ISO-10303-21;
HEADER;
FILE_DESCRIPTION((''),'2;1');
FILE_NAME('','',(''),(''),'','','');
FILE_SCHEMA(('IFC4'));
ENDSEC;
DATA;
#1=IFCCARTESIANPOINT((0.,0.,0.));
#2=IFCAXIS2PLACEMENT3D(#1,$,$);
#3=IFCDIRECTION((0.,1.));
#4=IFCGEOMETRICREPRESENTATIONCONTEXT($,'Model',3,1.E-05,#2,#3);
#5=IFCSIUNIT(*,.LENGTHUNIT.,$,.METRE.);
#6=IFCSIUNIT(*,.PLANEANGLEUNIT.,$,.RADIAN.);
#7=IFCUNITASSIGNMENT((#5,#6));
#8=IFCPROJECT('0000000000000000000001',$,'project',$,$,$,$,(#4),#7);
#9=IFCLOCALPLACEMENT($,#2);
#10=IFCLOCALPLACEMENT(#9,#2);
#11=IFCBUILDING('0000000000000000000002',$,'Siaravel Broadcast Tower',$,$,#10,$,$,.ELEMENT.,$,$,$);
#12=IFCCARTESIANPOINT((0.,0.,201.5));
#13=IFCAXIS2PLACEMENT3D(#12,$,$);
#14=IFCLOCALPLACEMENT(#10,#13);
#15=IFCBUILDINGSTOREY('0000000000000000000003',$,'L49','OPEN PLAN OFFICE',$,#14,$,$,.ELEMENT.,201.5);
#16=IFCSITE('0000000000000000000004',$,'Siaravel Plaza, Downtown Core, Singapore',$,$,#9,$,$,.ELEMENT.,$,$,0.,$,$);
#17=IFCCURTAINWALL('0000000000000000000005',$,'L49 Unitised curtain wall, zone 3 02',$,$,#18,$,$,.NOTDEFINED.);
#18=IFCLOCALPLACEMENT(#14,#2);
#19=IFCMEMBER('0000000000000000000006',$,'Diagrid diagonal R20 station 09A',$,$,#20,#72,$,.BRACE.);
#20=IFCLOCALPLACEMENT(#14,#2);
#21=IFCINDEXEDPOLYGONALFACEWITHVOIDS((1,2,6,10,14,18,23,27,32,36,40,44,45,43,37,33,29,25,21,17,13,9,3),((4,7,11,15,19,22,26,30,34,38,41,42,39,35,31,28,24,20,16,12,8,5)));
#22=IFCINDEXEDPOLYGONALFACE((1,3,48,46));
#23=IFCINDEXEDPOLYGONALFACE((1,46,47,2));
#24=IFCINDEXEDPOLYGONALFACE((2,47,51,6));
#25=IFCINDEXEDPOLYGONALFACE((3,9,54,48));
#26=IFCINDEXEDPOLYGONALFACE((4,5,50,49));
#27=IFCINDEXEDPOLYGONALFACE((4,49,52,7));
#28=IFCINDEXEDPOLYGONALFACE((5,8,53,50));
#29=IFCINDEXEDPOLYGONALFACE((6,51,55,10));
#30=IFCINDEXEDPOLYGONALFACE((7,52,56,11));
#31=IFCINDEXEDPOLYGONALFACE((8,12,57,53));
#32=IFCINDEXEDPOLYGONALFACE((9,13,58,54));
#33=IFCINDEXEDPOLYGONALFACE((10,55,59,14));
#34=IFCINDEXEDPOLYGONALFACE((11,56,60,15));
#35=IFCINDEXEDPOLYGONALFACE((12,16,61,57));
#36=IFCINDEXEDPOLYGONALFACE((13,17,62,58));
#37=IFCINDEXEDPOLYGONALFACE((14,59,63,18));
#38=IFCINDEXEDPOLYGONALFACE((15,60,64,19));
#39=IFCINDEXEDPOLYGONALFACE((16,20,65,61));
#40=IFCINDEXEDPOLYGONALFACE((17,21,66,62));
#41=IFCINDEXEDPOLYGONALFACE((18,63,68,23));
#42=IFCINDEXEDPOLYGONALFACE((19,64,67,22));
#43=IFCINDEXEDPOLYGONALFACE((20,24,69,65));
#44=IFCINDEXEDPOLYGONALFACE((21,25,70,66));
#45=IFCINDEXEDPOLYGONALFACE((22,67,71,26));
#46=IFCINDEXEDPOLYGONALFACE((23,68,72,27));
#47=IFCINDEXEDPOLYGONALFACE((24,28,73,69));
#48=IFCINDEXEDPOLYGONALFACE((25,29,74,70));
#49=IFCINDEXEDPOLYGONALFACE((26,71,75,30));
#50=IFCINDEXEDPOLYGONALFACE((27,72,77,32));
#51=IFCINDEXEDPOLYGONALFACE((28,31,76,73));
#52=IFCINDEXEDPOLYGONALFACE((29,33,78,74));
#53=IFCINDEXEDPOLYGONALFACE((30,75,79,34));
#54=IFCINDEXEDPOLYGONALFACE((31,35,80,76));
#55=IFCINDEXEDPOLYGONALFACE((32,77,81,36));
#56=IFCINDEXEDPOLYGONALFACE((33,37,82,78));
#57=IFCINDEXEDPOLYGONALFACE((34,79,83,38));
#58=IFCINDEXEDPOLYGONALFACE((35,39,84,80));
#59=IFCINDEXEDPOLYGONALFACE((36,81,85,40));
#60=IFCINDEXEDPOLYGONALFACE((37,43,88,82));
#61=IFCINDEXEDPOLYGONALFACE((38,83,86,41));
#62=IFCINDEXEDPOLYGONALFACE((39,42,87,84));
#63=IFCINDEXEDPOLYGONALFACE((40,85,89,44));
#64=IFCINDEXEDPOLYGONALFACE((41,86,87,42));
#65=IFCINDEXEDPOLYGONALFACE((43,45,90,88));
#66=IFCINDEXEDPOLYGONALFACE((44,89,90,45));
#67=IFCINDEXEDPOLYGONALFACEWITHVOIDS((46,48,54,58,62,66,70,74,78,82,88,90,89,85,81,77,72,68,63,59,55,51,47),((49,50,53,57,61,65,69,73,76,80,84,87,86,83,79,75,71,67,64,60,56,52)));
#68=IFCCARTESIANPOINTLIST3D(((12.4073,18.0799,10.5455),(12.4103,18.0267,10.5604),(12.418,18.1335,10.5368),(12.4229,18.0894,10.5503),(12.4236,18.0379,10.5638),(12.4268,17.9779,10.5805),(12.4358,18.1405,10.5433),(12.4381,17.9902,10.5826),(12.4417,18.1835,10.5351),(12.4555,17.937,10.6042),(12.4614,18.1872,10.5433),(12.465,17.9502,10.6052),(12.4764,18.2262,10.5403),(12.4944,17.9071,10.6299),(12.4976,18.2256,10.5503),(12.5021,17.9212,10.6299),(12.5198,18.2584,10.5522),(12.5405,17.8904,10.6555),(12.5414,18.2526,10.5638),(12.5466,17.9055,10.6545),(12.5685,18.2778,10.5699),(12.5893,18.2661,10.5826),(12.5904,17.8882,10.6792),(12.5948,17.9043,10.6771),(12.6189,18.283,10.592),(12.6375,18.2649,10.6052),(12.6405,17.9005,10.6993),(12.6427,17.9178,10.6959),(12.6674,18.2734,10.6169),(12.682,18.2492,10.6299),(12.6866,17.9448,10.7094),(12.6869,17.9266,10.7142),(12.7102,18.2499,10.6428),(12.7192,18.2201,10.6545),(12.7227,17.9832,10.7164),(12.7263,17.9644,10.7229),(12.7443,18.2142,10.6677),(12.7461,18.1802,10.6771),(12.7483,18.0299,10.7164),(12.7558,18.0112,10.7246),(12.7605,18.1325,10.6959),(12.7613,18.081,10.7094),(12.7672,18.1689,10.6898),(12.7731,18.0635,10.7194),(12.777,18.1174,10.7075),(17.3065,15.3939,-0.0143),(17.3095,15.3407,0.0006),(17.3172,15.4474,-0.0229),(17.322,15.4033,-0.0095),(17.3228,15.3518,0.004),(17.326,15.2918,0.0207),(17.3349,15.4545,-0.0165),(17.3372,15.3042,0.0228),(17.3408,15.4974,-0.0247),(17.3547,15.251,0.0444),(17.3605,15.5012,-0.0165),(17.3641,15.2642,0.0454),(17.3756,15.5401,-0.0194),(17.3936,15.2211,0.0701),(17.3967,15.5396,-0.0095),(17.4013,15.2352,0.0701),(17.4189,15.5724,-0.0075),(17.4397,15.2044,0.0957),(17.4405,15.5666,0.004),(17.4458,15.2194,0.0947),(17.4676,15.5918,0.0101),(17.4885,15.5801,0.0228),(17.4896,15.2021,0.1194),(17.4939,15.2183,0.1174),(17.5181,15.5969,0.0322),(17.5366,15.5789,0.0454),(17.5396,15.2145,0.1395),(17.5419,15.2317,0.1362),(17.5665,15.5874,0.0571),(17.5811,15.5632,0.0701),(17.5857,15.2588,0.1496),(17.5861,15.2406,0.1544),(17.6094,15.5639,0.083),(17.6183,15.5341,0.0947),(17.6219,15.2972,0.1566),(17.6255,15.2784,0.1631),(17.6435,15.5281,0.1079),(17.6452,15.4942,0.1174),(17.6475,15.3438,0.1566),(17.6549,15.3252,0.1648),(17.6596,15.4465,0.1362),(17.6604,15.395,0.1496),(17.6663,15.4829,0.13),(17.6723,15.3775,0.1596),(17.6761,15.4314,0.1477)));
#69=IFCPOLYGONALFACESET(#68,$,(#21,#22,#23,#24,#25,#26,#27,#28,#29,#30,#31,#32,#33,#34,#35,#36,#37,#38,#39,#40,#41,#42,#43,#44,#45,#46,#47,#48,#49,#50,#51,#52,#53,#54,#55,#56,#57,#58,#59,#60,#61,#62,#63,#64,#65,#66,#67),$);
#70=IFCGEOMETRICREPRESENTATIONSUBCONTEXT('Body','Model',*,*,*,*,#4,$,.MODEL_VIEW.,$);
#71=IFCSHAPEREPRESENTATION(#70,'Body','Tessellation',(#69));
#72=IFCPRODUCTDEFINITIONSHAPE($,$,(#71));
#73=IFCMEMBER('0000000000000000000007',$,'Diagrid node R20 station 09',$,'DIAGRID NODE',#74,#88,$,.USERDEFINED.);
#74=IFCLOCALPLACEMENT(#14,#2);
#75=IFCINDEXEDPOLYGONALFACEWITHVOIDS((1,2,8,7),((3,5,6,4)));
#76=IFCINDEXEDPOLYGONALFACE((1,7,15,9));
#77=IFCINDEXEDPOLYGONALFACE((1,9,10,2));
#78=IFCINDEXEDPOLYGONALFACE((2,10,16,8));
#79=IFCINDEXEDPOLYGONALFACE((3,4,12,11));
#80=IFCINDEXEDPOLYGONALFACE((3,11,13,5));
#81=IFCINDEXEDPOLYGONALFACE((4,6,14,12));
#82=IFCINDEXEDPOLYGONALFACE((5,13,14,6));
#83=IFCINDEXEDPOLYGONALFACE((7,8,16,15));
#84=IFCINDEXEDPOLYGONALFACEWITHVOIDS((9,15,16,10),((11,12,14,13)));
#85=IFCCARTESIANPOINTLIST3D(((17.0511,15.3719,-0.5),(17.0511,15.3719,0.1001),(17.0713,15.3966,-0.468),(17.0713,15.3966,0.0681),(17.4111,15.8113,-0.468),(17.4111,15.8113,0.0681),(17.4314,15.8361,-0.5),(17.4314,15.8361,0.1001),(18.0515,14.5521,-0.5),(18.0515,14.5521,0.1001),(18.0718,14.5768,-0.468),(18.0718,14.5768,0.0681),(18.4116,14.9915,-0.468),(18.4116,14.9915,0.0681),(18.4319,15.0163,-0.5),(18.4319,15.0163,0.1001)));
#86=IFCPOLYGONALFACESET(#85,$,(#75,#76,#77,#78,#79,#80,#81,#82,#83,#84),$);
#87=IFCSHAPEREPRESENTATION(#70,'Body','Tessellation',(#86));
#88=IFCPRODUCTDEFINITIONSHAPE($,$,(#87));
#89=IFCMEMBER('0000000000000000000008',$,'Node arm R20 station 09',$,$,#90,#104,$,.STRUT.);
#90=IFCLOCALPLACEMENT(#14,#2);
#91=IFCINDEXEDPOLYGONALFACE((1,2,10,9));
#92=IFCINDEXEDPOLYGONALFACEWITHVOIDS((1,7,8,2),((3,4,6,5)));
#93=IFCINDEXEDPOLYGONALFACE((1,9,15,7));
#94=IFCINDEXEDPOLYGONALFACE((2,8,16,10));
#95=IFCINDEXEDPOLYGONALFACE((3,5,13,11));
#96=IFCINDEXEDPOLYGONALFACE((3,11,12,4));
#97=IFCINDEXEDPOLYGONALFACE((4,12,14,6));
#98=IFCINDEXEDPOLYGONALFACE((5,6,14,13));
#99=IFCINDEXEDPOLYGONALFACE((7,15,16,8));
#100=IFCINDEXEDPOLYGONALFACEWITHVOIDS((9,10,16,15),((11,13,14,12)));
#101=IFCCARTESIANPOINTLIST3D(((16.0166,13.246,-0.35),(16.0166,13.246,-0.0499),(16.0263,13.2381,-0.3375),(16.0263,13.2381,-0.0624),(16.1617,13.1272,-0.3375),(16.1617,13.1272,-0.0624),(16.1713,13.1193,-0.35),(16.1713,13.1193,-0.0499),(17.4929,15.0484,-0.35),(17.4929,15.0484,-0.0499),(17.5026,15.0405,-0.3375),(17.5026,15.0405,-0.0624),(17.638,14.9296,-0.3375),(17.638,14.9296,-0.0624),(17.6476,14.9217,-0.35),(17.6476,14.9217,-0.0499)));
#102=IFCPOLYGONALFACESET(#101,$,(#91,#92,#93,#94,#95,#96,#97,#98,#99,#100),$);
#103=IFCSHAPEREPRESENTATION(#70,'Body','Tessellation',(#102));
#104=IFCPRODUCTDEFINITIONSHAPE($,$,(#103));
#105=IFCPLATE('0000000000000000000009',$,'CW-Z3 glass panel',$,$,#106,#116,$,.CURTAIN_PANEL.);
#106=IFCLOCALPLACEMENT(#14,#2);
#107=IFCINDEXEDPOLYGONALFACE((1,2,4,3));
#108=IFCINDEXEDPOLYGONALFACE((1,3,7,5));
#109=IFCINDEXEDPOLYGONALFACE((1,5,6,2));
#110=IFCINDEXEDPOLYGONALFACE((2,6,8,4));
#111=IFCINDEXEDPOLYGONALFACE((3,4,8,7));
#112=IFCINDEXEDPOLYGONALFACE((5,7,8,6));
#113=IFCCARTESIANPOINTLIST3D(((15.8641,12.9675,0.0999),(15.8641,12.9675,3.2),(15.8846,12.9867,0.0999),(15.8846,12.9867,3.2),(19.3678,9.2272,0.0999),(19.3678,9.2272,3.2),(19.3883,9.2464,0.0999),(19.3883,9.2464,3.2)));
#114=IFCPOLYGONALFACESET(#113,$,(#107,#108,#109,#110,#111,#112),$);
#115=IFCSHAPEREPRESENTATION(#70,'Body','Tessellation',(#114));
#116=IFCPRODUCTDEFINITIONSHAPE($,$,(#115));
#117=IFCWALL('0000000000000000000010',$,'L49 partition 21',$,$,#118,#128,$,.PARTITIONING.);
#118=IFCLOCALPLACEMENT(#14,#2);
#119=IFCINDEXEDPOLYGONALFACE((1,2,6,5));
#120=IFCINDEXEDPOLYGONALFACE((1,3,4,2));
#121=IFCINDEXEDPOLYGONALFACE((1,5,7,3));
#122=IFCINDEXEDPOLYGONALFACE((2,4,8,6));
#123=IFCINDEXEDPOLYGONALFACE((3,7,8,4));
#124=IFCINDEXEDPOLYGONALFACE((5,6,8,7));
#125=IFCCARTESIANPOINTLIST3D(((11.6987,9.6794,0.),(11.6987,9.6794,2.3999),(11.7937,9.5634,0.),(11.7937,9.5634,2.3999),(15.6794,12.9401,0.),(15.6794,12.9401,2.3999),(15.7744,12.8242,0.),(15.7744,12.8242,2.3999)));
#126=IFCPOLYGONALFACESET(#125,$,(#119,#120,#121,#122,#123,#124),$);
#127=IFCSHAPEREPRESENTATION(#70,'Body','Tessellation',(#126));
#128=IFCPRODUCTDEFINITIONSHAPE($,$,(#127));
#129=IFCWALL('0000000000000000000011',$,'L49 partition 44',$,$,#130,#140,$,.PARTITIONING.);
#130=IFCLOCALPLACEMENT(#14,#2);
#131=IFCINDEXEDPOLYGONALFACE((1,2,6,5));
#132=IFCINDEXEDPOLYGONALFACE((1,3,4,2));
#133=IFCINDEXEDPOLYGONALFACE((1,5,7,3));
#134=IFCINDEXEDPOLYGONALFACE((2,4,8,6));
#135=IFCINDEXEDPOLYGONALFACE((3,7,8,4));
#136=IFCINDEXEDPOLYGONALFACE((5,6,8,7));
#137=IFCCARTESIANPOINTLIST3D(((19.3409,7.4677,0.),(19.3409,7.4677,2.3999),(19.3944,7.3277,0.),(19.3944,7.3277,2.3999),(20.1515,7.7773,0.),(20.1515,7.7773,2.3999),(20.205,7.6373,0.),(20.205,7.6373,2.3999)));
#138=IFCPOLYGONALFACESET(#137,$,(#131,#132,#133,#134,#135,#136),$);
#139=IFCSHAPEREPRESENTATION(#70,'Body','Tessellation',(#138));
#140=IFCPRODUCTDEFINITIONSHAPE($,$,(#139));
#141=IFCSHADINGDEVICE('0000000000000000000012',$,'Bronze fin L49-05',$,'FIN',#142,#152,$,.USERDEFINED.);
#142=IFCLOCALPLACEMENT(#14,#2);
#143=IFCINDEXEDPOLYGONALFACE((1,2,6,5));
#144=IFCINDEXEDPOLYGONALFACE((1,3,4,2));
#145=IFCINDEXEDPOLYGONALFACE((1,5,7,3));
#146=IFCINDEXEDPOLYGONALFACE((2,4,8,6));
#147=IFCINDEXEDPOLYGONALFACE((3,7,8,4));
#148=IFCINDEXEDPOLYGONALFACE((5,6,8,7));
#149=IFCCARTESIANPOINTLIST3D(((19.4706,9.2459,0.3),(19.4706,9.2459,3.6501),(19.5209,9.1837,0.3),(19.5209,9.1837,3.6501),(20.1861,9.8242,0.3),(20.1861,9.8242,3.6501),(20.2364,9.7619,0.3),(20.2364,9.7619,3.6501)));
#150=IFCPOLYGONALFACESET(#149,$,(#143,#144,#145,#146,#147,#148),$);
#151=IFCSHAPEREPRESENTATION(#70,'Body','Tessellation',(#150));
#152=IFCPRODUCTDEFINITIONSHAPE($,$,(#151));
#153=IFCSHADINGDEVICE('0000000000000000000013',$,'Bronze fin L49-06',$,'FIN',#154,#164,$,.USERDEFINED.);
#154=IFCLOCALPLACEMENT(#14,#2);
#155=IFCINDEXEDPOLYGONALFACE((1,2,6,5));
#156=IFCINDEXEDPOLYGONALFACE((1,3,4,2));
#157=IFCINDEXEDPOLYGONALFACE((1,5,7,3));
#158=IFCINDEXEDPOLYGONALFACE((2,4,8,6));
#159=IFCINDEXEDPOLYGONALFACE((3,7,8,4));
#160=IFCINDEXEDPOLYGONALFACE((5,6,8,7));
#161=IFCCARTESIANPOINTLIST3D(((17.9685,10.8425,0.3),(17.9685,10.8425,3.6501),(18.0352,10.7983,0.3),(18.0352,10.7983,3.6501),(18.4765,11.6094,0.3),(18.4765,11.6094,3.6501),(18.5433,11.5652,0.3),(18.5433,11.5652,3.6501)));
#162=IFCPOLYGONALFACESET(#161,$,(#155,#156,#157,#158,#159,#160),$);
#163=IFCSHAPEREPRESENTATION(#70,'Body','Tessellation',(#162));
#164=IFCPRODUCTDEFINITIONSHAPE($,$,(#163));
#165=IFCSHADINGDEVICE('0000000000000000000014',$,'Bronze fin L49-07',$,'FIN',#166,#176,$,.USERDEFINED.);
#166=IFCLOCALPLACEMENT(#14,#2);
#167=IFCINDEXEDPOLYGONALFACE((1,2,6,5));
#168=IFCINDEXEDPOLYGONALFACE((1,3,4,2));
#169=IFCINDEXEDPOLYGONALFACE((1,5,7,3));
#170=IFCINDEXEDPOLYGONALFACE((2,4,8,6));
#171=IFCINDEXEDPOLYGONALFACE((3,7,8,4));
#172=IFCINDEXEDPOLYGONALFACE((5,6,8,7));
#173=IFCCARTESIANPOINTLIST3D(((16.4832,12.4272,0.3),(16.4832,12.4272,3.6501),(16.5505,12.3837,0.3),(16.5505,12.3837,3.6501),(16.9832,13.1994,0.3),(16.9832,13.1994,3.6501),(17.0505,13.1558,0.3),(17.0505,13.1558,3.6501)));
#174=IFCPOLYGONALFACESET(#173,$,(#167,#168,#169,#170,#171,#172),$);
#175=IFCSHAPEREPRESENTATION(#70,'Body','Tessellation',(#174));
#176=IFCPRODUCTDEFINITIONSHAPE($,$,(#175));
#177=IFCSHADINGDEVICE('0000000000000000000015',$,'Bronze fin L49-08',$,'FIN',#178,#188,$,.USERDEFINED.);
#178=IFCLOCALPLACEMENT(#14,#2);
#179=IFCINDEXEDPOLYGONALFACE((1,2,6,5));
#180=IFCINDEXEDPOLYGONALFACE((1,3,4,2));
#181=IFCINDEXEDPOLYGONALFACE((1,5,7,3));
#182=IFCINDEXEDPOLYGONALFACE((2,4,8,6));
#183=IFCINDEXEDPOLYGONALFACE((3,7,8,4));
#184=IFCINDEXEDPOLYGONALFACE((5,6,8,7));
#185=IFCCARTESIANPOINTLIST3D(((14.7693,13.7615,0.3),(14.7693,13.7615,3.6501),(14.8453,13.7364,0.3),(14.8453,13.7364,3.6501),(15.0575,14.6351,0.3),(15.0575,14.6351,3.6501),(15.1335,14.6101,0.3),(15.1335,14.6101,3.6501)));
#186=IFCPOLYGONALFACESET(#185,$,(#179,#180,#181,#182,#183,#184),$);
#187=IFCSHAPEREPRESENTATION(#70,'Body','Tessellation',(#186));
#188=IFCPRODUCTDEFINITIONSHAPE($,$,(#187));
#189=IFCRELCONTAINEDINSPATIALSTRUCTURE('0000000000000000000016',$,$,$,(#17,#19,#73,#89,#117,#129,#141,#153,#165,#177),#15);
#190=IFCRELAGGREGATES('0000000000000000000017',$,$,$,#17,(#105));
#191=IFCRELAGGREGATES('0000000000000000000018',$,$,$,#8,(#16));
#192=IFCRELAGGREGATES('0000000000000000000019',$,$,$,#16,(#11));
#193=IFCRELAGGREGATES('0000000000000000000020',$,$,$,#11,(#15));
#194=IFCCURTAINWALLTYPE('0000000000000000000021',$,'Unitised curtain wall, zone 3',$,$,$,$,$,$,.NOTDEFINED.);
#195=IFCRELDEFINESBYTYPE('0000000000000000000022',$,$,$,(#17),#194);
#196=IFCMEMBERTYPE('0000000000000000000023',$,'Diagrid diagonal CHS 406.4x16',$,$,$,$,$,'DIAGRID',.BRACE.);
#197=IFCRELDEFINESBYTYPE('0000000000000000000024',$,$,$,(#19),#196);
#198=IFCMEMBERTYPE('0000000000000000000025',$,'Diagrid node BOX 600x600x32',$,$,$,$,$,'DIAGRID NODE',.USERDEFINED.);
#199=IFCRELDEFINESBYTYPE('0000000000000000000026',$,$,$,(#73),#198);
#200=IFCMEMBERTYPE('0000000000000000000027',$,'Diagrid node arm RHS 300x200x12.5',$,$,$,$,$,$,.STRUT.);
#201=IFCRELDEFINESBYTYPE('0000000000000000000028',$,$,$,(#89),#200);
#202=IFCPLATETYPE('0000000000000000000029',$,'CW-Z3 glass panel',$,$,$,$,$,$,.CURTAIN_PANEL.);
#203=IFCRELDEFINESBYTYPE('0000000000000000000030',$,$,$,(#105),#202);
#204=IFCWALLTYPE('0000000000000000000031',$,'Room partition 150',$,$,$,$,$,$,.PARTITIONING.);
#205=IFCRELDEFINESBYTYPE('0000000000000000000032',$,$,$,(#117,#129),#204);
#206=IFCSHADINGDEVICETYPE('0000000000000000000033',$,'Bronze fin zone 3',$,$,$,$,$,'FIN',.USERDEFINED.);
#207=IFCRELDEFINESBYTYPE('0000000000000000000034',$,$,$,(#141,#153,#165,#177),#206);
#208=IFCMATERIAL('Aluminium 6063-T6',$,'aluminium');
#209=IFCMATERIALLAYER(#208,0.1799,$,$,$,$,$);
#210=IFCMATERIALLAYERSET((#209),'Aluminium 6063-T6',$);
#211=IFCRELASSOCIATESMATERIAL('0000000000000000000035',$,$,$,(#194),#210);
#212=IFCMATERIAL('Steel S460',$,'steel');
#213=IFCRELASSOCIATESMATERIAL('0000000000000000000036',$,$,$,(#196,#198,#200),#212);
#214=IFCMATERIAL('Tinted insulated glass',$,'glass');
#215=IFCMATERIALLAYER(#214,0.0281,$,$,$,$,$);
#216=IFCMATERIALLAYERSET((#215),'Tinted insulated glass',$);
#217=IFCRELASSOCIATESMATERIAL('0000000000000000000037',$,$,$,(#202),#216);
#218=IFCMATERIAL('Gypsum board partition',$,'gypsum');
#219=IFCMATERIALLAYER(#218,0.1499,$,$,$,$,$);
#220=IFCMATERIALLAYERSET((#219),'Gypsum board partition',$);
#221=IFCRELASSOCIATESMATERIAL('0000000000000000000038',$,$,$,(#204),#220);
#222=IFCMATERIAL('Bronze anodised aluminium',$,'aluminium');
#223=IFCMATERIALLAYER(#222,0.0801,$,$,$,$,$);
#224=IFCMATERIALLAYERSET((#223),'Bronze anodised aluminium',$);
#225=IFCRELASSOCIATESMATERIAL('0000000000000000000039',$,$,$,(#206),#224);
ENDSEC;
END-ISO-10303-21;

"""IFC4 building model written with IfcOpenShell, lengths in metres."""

from ifc_helpers import new_model, si_unit, direction, frame, frame_2d, origin, origin_2d, place, context, subcontext, project, spatial, rectangle, hollow_rectangle, hollow_circle, extrude, material, layer, layer_set, material_profile, profile_set, type_object, element, aggregate, save


model = new_model("IFC4")

# Units and contexts
model_context = context("Model", 3, precision=1e-05, world=origin(), true_north=direction((0.0, 1.0)))
body_context = subcontext(model_context, "Body", "Model", "MODEL_VIEW")
ifc_project = project(units=[si_unit("LENGTHUNIT", "METRE"), si_unit("PLANEANGLEUNIT", "RADIAN")], contexts=[model_context])

# Site, building, storey
site_placement = place(None, origin())
site = spatial("IfcSite", under=ifc_project, at=site_placement, Name="Siaravel Plaza, Downtown Core, Singapore", CompositionType="ELEMENT", RefElevation=0.0)
building_placement = place(site_placement, origin())
building = spatial("IfcBuilding", under=site, at=building_placement, Name="Siaravel Broadcast Tower", CompositionType="ELEMENT")
storey_placement = place(building_placement, frame((0.0, 0.0, 201.5)))
storey = spatial("IfcBuildingStorey", under=building, at=storey_placement, Name="L49", Description="OPEN PLAN OFFICE", CompositionType="ELEMENT", Elevation=201.5)

# Shared definitions
ifc_material_1 = material(Name="Aluminium 6063-T6", Category="aluminium")
ifc_layer_1 = layer(ifc_material_1, 0.1799)
ifc_layer_set_1 = layer_set([ifc_layer_1], Name="Aluminium 6063-T6")
curtain_wall_type = type_object("IfcCurtainWallType", Name="Unitised curtain wall, zone 3", PredefinedType="NOTDEFINED", material=ifc_layer_set_1)

# Curtain wall
curtain_wall_1_placement = place(storey_placement, origin())
curtain_wall_1 = element("IfcCurtainWall", 1, at=curtain_wall_1_placement, inside=storey, type_object=curtain_wall_type, Name="L49 Unitised curtain wall, zone 3 02", PredefinedType="NOTDEFINED")

# Members
ifc_material_2 = material(Name="Steel S460", Category="steel")
ifc_material_profile_1 = material_profile(ifc_material_2, hollow_circle(Radius=0.2031, WallThickness=0.0161, at=origin_2d()))
ifc_profile_set_1 = profile_set([ifc_material_profile_1], Name="Steel S460")
member_type_1 = type_object("IfcMemberType", Name="Diagrid diagonal CHS 406.4x16", ElementType="DIAGRID", PredefinedType="BRACE", material=ifc_profile_set_1)
member_1_placement = place(storey_placement, frame((17.4912, 15.3992, 0.0701), z_axis=(-0.410082, 0.224833, 0.883902), x_axis=(-0.480749, -0.876858, 0.0)))
element("IfcMember", 2, at=member_1_placement, inside=storey, type_object=member_type_1, Name="Diagrid diagonal R20 station 09A", PredefinedType="BRACE", context=body_context, shape_type="SweptSolid", body=[
    extrude(hollow_circle(Radius=0.2031, WallThickness=0.0161, at=origin_2d()), origin(), (0.0, 0.0, 1.0), 11.9468),
])
ifc_material_profile_2 = material_profile(ifc_material_2, hollow_rectangle(XDim=0.6001, YDim=0.6001, WallThickness=0.032, at=origin_2d()))
ifc_profile_set_2 = profile_set([ifc_material_profile_2], Name="Steel S460")
member_type_2 = type_object("IfcMemberType", Name="Diagrid node BOX 600x600x32", ElementType="DIAGRID NODE", PredefinedType="USERDEFINED", material=ifc_profile_set_2)
member_2_placement = place(storey_placement, frame((18.2417, 14.7842, -0.2), z_axis=(-0.773486, 0.633813, 0.0), x_axis=(-0.633813, -0.773486, 0.0)))
element("IfcMember", 3, at=member_2_placement, inside=storey, type_object=member_type_2, Name="Diagrid node R20 station 09", ObjectType="DIAGRID NODE", PredefinedType="USERDEFINED", context=body_context, shape_type="SweptSolid", body=[
    extrude(hollow_rectangle(XDim=0.6001, YDim=0.6001, WallThickness=0.032, at=origin_2d()), origin(), (0.0, 0.0, 1.0), 1.2935),
])
ifc_material_profile_3 = material_profile(ifc_material_2, hollow_rectangle(XDim=0.2, YDim=0.3, WallThickness=0.0125, at=origin_2d()))
ifc_profile_set_3 = profile_set([ifc_material_profile_3], Name="Steel S460")
member_type_3 = type_object("IfcMemberType", Name="Diagrid node arm RHS 300x200x12.5", PredefinedType="STRUT", material=ifc_profile_set_3)
member_3_placement = place(storey_placement, frame((16.094, 13.1826, -0.2), z_axis=(0.633637, 0.77363, 0.0), x_axis=(-0.77363, 0.633637, 0.0)))
element("IfcMember", 4, at=member_3_placement, inside=storey, type_object=member_type_3, Name="Node arm R20 station 09", PredefinedType="STRUT", context=body_context, shape_type="SweptSolid", body=[
    extrude(hollow_rectangle(XDim=0.2, YDim=0.3, WallThickness=0.0125, at=origin_2d()), origin(), (0.0, 0.0, 1.0), 2.3298),
])

# Plate
ifc_material_3 = material(Name="Tinted insulated glass", Category="glass")
ifc_layer_2 = layer(ifc_material_3, 0.0281)
ifc_layer_set_2 = layer_set([ifc_layer_2], Name="Tinted insulated glass")
plate_type = type_object("IfcPlateType", Name="CW-Z3 glass panel", PredefinedType="CURTAIN_PANEL", material=ifc_layer_set_2)
plate_placement = place(storey_placement, frame((17.6262, 11.1069, 0.0999), z_axis=(0.0, 0.0, 1.0), x_axis=(-0.683653, 0.729807, 0.0)))
plate = element("IfcPlate", 5, at=plate_placement, type_object=plate_type, Name="CW-Z3 glass panel", PredefinedType="CURTAIN_PANEL", context=body_context, shape_type="SweptSolid", body=[
    extrude(rectangle(XDim=5.125, YDim=0.0281, at=origin_2d()), origin(), (0.0, 0.0, 1.0), 3.1001),
])
aggregate(curtain_wall_1, [plate])

# Walls
ifc_material_4 = material(Name="Gypsum board partition", Category="gypsum")
ifc_layer_3 = layer(ifc_material_4, 0.1499)
ifc_layer_set_3 = layer_set([ifc_layer_3], Name="Gypsum board partition")
wall_type_1 = type_object("IfcWallType", Name="Room partition 150", PredefinedType="PARTITIONING", material=ifc_layer_set_3)
wall_1_placement = place(storey_placement, frame((15.7268, 12.8821, 0.0), z_axis=(0.0, 0.0, 1.0), x_axis=(-0.773596, -0.633679, 0.0)))
element("IfcWall", 6, at=wall_1_placement, inside=storey, type_object=wall_type_1, Name="L49 partition 21", PredefinedType="PARTITIONING", context=body_context, shape_type="SweptSolid", body=[
    extrude(rectangle(XDim=5.1458, YDim=0.1499, at=frame_2d((2.5728, 0.0))), origin(), (0.0, 0.0, 1.0), 2.3999),
])
wall_2_placement = place(storey_placement, frame((20.1782, 7.7073, 0.0), z_axis=(0.0, 0.0, 1.0), x_axis=(-0.934184, -0.356791, 0.0)))
element("IfcWall", 7, at=wall_2_placement, inside=storey, type_object=wall_type_1, Name="L49 partition 44", PredefinedType="PARTITIONING", context=body_context, shape_type="SweptSolid", body=[
    extrude(rectangle(XDim=0.8677, YDim=0.1499, at=frame_2d((0.4338, 0.0))), origin(), (0.0, 0.0, 1.0), 2.3999),
])

# Shading devices
ifc_material_5 = material(Name="Bronze anodised aluminium", Category="aluminium")
ifc_layer_4 = layer(ifc_material_5, 0.0801)
ifc_layer_set_4 = layer_set([ifc_layer_4], Name="Bronze anodised aluminium")
shading_device_type = type_object("IfcShadingDeviceType", Name="Bronze fin zone 3", ElementType="FIN", PredefinedType="USERDEFINED", material=ifc_layer_set_4)
for number, where, z_axis, x_axis, name in (
    (8, (19.8535, 9.5039, 0.3), (0.0, 0.0, 1.0), (0.777762, 0.628559, 0.0), "Bronze fin L49-05"),
    (9, (18.2559, 11.2039, 0.3), (0.0, 0.0, 1.0), (0.55226, 0.833672, 0.0), "Bronze fin L49-06"),
    (10, (16.7668, 12.7915, 0.3), (0.0, 0.0, 1.0), (0.543523, 0.839394, 0.0), "Bronze fin L49-07"),
    (11, (14.9514, 14.1858, 0.3), (0.0, 0.0, 1.0), (0.313277, 0.949662, 0.0), "Bronze fin L49-08"),
):
    element("IfcShadingDevice", number, at=place(storey_placement, frame(where, z_axis=z_axis, x_axis=x_axis)), inside=storey, type_object=shading_device_type, Name=name, ObjectType="FIN", PredefinedType="USERDEFINED", context=body_context, shape_type="SweptSolid", body=[
        extrude(rectangle(XDim=0.9199, YDim=0.0801, at=origin_2d()), origin(), (0.0, 0.0, 1.0), 3.3501),
    ])

save(model, "model.ifc")
